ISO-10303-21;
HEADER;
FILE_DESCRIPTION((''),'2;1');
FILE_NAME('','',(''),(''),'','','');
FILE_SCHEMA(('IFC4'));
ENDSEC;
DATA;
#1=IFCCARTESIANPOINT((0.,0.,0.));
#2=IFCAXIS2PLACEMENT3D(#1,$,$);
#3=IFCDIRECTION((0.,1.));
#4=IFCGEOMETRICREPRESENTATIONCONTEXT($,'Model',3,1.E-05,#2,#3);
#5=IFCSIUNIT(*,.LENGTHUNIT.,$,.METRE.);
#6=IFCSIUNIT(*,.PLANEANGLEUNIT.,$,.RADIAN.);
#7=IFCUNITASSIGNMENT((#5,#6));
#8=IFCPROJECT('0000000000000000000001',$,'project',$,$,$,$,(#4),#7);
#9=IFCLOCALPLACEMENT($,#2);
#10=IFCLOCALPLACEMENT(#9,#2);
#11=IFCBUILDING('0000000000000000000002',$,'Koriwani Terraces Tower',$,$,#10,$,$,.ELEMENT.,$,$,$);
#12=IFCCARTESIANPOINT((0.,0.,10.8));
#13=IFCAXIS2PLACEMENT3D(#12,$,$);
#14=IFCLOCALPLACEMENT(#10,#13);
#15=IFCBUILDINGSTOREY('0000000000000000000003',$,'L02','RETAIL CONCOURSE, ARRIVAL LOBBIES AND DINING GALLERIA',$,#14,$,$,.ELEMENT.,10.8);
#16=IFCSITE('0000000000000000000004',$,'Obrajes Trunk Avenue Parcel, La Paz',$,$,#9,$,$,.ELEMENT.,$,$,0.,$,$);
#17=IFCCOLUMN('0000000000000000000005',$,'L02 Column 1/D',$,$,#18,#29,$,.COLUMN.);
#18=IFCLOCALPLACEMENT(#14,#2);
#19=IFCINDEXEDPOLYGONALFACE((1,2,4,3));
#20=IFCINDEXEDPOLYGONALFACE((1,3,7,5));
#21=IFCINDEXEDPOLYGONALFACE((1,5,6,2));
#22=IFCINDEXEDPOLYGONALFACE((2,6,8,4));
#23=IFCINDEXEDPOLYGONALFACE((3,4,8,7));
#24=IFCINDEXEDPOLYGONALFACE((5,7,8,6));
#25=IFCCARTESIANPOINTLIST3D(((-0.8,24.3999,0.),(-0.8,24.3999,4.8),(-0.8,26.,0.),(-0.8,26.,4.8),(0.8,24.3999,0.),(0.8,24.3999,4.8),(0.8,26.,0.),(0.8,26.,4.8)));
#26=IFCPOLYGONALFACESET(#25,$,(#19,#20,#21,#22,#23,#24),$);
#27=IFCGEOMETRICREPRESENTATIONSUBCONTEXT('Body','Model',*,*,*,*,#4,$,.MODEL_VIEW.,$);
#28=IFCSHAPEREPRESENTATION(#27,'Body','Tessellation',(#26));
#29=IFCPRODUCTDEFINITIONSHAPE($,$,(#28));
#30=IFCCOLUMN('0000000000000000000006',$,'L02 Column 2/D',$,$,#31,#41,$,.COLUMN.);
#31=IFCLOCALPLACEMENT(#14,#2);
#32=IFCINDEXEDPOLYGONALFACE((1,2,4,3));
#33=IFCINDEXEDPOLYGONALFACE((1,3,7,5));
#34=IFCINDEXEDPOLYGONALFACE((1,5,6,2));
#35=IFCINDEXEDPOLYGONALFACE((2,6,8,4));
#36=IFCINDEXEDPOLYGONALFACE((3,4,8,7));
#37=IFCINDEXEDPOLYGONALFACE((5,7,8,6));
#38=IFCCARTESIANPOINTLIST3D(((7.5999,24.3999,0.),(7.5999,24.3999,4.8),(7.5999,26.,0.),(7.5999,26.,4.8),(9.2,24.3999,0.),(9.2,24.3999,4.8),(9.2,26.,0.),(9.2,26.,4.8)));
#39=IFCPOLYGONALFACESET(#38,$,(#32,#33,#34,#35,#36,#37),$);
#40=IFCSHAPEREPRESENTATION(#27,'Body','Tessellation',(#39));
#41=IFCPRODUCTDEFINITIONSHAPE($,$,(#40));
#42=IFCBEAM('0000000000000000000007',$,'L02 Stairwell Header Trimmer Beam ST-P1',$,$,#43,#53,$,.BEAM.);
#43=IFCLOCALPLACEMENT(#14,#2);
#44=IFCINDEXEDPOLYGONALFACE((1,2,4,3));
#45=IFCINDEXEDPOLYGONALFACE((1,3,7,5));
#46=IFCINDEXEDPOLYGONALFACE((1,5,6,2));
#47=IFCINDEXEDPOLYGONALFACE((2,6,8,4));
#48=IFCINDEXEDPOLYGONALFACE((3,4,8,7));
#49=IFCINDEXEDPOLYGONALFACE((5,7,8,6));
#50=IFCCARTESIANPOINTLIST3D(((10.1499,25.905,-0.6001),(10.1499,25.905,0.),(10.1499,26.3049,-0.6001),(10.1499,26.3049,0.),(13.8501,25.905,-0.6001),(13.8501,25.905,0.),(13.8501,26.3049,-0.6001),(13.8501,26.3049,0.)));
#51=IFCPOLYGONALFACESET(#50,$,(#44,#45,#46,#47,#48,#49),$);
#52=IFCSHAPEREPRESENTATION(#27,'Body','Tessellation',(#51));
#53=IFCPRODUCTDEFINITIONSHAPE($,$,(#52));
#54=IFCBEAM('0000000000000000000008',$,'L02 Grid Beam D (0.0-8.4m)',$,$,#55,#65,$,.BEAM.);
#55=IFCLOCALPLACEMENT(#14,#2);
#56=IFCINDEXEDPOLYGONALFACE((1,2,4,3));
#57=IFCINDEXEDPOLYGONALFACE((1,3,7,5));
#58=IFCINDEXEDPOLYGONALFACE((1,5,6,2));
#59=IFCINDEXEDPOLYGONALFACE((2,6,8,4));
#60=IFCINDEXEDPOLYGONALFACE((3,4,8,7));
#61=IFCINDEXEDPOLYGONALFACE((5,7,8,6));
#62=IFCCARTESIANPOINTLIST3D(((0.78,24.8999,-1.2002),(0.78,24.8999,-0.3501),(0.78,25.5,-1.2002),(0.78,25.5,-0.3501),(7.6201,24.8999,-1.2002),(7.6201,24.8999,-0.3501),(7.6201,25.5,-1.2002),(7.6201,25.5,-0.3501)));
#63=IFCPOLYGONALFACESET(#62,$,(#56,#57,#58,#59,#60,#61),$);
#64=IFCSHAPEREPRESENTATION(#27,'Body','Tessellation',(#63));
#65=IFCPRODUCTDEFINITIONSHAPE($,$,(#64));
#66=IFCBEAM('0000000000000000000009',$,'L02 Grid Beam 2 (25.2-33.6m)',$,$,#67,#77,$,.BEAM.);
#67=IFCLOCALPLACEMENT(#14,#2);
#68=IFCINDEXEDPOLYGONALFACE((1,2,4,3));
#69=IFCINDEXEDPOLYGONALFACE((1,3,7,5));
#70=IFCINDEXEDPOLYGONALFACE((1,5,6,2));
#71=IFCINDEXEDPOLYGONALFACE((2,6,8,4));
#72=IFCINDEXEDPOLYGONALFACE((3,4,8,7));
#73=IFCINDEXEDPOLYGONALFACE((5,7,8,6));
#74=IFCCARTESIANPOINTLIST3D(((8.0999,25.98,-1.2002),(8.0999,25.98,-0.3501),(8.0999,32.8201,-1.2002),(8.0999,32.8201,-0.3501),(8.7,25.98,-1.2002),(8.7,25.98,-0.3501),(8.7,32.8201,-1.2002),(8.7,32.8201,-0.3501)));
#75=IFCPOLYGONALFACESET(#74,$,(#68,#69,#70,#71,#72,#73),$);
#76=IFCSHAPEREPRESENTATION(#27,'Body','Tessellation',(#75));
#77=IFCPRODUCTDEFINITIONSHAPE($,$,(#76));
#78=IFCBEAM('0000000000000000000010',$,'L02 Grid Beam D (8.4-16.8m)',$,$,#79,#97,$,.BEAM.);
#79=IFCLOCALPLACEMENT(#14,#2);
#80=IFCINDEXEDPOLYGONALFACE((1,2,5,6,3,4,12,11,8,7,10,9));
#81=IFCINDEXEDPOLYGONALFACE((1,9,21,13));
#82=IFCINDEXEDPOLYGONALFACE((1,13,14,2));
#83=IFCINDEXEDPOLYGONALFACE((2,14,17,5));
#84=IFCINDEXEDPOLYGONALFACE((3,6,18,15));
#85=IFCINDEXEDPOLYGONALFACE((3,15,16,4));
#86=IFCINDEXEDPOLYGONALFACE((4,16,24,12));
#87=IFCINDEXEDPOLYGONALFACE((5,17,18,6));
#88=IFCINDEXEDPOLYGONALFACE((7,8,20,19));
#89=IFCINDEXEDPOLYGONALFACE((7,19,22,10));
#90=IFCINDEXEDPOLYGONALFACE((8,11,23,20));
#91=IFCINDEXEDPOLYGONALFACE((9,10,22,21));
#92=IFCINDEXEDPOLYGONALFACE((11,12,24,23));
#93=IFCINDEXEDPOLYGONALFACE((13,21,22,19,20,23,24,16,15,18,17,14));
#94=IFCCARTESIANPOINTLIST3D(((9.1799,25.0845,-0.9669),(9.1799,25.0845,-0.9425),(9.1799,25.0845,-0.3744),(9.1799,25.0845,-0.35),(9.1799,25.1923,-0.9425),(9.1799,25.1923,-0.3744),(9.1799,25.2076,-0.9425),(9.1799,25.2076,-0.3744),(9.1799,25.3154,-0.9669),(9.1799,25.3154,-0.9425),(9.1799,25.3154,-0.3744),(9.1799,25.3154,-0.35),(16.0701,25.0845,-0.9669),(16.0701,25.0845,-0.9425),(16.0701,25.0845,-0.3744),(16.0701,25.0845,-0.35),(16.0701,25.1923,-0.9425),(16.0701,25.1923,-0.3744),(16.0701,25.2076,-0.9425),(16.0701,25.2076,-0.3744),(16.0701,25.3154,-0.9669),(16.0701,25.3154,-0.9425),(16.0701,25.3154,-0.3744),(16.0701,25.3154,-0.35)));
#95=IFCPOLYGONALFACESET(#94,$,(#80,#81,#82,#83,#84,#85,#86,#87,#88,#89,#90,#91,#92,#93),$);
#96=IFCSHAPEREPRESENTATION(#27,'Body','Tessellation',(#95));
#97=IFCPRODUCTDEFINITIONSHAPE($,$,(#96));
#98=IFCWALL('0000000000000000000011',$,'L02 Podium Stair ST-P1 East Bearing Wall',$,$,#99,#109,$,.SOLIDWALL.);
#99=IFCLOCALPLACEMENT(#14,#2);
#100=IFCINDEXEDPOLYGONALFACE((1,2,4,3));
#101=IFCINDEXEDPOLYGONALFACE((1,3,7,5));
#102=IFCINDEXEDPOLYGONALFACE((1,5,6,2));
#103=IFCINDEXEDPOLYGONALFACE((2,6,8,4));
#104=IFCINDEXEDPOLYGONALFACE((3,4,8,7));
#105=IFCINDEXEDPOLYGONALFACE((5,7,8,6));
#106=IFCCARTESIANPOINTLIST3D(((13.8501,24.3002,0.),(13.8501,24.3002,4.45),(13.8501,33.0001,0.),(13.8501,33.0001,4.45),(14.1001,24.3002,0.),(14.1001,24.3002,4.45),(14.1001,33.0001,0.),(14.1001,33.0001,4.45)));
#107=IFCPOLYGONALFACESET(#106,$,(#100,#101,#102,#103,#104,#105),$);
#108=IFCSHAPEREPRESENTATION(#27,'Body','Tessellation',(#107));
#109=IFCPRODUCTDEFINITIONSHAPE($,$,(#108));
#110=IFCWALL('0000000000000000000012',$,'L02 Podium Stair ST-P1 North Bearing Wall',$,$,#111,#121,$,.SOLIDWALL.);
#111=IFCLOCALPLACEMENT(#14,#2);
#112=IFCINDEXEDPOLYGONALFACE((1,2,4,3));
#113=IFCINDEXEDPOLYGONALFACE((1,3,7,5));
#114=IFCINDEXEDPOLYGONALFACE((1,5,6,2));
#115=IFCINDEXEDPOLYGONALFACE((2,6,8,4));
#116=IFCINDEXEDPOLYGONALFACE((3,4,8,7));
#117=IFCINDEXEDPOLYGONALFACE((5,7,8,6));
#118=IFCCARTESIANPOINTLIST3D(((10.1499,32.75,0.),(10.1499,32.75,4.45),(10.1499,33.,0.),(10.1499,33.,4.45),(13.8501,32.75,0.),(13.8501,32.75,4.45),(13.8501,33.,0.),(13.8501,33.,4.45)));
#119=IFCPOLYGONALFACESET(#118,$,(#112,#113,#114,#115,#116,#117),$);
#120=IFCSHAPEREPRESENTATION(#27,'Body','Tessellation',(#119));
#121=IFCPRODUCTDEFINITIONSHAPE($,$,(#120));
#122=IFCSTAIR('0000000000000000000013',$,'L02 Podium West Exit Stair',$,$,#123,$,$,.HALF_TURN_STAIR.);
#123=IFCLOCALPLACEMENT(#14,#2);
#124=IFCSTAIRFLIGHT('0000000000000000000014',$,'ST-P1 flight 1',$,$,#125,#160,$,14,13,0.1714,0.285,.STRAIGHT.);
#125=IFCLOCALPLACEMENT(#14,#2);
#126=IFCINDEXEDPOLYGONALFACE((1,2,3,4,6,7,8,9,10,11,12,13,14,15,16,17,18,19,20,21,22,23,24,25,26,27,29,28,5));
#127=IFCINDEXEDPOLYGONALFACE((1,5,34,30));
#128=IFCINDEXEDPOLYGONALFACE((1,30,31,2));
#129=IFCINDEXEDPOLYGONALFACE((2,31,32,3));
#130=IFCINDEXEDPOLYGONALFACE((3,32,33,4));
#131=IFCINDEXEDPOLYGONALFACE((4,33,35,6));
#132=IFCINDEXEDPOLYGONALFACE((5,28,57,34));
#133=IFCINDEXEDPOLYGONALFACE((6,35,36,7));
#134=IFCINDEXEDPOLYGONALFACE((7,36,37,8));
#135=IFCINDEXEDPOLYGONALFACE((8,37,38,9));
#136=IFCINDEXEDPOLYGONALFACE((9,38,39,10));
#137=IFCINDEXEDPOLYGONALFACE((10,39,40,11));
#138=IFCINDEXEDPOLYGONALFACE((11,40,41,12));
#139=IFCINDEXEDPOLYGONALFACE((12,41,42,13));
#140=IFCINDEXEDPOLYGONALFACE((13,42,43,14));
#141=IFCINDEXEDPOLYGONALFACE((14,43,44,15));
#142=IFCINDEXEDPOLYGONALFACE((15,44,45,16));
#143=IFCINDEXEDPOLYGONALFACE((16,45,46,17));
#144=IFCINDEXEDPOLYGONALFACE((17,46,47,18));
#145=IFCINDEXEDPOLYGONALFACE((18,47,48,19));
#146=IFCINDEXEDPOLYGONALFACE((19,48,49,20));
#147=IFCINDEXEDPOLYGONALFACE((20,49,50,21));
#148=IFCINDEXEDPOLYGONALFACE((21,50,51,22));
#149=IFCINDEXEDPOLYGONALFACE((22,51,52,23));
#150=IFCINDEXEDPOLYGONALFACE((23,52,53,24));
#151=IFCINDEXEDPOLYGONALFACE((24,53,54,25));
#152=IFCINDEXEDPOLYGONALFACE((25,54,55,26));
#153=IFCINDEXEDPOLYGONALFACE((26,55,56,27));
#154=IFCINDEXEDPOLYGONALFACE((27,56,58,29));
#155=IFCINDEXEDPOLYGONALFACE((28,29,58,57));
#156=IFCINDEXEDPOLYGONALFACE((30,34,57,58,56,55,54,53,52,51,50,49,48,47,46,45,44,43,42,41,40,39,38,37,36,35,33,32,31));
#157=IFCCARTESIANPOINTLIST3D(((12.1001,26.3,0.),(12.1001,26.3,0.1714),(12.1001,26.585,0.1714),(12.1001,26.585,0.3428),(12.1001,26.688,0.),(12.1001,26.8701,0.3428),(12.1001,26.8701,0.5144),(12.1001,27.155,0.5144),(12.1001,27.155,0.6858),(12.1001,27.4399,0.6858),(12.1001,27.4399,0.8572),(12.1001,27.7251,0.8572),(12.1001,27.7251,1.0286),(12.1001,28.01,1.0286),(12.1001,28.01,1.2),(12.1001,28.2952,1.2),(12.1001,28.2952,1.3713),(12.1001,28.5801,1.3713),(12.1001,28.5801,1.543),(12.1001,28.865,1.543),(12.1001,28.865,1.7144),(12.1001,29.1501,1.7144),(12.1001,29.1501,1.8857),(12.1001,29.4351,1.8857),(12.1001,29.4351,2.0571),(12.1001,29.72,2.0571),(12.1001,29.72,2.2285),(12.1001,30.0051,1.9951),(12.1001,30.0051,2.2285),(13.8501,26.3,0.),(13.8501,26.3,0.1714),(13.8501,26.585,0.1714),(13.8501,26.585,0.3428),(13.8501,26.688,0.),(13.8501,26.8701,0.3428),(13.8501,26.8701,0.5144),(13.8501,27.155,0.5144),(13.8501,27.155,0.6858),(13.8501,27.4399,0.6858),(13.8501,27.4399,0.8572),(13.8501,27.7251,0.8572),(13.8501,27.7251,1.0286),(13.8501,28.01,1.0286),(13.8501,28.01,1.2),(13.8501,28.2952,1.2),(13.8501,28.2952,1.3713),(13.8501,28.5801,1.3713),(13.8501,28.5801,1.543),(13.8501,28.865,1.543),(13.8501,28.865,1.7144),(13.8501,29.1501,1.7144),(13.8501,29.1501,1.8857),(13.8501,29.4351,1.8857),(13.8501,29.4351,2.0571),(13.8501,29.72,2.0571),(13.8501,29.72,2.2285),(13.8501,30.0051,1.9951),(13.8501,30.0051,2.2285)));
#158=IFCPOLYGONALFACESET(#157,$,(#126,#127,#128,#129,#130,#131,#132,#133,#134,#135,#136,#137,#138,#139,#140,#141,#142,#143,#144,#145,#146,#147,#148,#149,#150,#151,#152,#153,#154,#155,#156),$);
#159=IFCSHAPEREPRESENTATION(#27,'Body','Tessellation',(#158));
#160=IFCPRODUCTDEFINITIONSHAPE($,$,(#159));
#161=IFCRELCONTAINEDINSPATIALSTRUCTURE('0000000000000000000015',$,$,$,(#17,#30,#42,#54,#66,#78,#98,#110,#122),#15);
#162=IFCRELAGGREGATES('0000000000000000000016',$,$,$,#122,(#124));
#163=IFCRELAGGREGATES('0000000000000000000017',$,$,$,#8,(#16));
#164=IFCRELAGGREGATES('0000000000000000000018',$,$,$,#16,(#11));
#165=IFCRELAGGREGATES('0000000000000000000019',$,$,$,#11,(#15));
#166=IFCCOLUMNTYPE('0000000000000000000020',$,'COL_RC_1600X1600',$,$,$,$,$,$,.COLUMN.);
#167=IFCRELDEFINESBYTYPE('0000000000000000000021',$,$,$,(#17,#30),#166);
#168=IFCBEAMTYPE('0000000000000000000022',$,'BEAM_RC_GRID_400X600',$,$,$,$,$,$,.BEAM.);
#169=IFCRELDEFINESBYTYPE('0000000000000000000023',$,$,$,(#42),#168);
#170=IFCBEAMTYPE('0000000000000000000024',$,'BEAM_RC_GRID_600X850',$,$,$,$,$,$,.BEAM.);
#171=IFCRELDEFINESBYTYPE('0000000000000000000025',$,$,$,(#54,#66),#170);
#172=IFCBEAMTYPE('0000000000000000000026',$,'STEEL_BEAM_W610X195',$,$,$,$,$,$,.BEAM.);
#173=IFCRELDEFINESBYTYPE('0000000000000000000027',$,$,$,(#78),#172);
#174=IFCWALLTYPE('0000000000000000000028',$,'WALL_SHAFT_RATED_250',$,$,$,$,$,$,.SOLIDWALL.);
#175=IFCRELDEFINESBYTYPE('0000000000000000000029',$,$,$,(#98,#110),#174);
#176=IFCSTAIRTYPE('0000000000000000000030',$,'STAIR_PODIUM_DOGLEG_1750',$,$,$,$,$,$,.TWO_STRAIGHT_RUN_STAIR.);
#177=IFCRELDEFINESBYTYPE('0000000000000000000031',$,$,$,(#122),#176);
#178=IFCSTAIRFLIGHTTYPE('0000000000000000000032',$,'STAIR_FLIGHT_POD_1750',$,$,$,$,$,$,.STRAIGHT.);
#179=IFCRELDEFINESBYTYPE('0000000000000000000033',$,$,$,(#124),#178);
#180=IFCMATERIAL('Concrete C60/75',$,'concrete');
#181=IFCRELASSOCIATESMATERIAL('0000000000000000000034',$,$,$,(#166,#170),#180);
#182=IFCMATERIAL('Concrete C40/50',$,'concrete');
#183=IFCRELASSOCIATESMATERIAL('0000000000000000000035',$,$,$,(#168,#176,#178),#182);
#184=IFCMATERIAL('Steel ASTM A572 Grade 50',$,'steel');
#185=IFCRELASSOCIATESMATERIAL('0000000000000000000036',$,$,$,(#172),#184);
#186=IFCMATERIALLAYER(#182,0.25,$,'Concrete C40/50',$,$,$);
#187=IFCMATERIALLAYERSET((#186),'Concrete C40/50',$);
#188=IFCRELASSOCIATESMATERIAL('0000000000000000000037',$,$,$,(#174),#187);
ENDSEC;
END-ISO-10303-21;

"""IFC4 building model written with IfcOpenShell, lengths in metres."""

from ifc_helpers import new_model, si_unit, direction, frame, frame_2d, origin, origin_2d, place, context, subcontext, project, spatial, polyline, rectangle, i_section, outline, extrude, material, layer, layer_set, material_profile, profile_set, type_object, element, aggregate, save


model = new_model("IFC4")

# Units and contexts
model_context = context("Model", 3, precision=1e-05, world=origin(), true_north=direction((0.0, 1.0)))
body_context = subcontext(model_context, "Body", "Model", "MODEL_VIEW")
ifc_project = project(units=[si_unit("LENGTHUNIT", "METRE"), si_unit("PLANEANGLEUNIT", "RADIAN")], contexts=[model_context])

# Site, building, storey
site_placement = place(None, origin())
site = spatial("IfcSite", under=ifc_project, at=site_placement, Name="Obrajes Trunk Avenue Parcel, La Paz", CompositionType="ELEMENT", RefElevation=0.0)
building_placement = place(site_placement, origin())
building = spatial("IfcBuilding", under=site, at=building_placement, Name="Koriwani Terraces Tower", CompositionType="ELEMENT")
storey_placement = place(building_placement, frame((0.0, 0.0, 10.8)))
storey = spatial("IfcBuildingStorey", under=building, at=storey_placement, Name="L02", Description="RETAIL CONCOURSE, ARRIVAL LOBBIES AND DINING GALLERIA", CompositionType="ELEMENT", Elevation=10.8)

# Columns
ifc_material_1 = material(Name="Concrete C60/75", Category="concrete")
ifc_material_profile_1 = material_profile(ifc_material_1, rectangle(XDim=1.6001, YDim=1.6001, at=origin_2d()), Name="Concrete C60/75", Category="LoadBearing")
ifc_profile_set_1 = profile_set([ifc_material_profile_1], Name="Concrete C60/75")
column_type = type_object("IfcColumnType", Name="COL_RC_1600X1600", PredefinedType="COLUMN", material=ifc_profile_set_1)
for number, where, z_axis, x_axis, name in (
    (1, (0.0, 25.2, 0.0), (0.0, 0.0, 1.0), (1.0, 0.0, 0.0), "L02 Column 1/D"),
    (2, (8.3999, 25.2, 0.0), (0.0, 0.0, 1.0), (1.0, 0.0, 0.0), "L02 Column 2/D"),
):
    element("IfcColumn", number, at=place(storey_placement, frame(where, z_axis=z_axis, x_axis=x_axis)), inside=storey, type_object=column_type, Name=name, PredefinedType="COLUMN", context=body_context, shape_type="SweptSolid", body=[
        extrude(rectangle(XDim=1.6001, YDim=1.6001, at=origin_2d()), origin(), (0.0, 0.0, 1.0), 4.8),
    ])

# Beams
ifc_material_2 = material(Name="Concrete C40/50", Category="concrete")
ifc_material_profile_2 = material_profile(ifc_material_2, rectangle(XDim=0.3999, YDim=0.6001, at=origin_2d()), Name="Concrete C40/50", Category="LoadBearing")
ifc_profile_set_2 = profile_set([ifc_material_profile_2], Name="Concrete C40/50")
beam_type_1 = type_object("IfcBeamType", Name="BEAM_RC_GRID_400X600", PredefinedType="BEAM", material=ifc_profile_set_2)
beam_1_placement = place(storey_placement, frame((10.1499, 26.105, -0.3), z_axis=(1.0, 0.0, 0.0), x_axis=(0.0, 1.0, 0.0)))
element("IfcBeam", 3, at=beam_1_placement, inside=storey, type_object=beam_type_1, Name="L02 Stairwell Header Trimmer Beam ST-P1", PredefinedType="BEAM", context=body_context, shape_type="SweptSolid", body=[
    extrude(rectangle(XDim=0.3999, YDim=0.6001, at=origin_2d()), origin(), (0.0, 0.0, 1.0), 3.7002),
])
ifc_material_profile_3 = material_profile(ifc_material_1, rectangle(XDim=0.6001, YDim=0.8501, at=origin_2d()), Name="Concrete C60/75", Category="LoadBearing")
ifc_profile_set_3 = profile_set([ifc_material_profile_3], Name="Concrete C60/75")
beam_type_2 = type_object("IfcBeamType", Name="BEAM_RC_GRID_600X850", PredefinedType="BEAM", material=ifc_profile_set_3)
for number, where, z_axis, x_axis, name in (
    (4, (0.78, 25.2, -0.7751), (1.0, 0.0, 0.0), (0.0, 1.0, 0.0), "L02 Grid Beam D (0.0-8.4m)"),
    (5, (8.3999, 25.98, -0.7751), (0.0, 1.0, 0.0), (-1.0, 0.0, 0.0), "L02 Grid Beam 2 (25.2-33.6m)"),
):
    element("IfcBeam", number, at=place(storey_placement, frame(where, z_axis=z_axis, x_axis=x_axis)), inside=storey, type_object=beam_type_2, Name=name, PredefinedType="BEAM", context=body_context, shape_type="SweptSolid", body=[
        extrude(rectangle(XDim=0.6001, YDim=0.8501, at=origin_2d()), origin(), (0.0, 0.0, 1.0), 6.8401),
    ])
ifc_material_3 = material(Name="Steel ASTM A572 Grade 50", Category="steel")
ifc_material_profile_4 = material_profile(ifc_material_3, i_section(OverallWidth=0.231, OverallDepth=0.6169, WebThickness=0.0154, FlangeThickness=0.0244, at=origin_2d()), Name="Steel ASTM A572 Grade 50", Category="LoadBearing")
ifc_profile_set_4 = profile_set([ifc_material_profile_4], Name="Steel ASTM A572 Grade 50")
beam_type_3 = type_object("IfcBeamType", Name="STEEL_BEAM_W610X195", PredefinedType="BEAM", material=ifc_profile_set_4)
beam_2_placement = place(storey_placement, frame((9.1799, 25.2, -0.6584), z_axis=(1.0, 0.0, 0.0), x_axis=(0.0, 1.0, 0.0)))
element("IfcBeam", 6, at=beam_2_placement, inside=storey, type_object=beam_type_3, Name="L02 Grid Beam D (8.4-16.8m)", PredefinedType="BEAM", context=body_context, shape_type="SweptSolid", body=[
    extrude(i_section(OverallWidth=0.231, OverallDepth=0.6169, WebThickness=0.0154, FlangeThickness=0.0244, at=origin_2d()), origin(), (0.0, 0.0, 1.0), 6.8901),
])

# Walls
ifc_layer = layer(ifc_material_2, 0.25, Name="Concrete C40/50")
ifc_layer_set = layer_set([ifc_layer], Name="Concrete C40/50")
wall_type = type_object("IfcWallType", Name="WALL_SHAFT_RATED_250", PredefinedType="SOLIDWALL", material=ifc_layer_set)
wall_1_placement = place(storey_placement, frame((13.9751, 24.3, 0.0), z_axis=(0.0, 0.0, 1.0), x_axis=(0.0, 1.0, 0.0)))
element("IfcWall", 7, at=wall_1_placement, inside=storey, type_object=wall_type, Name="L02 Podium Stair ST-P1 East Bearing Wall", PredefinedType="SOLIDWALL", context=body_context, shape_type="SweptSolid", body=[
    extrude(rectangle(XDim=8.7, YDim=0.25, at=frame_2d((4.3501, 0.0))), origin(), (0.0, 0.0, 1.0), 4.45),
])
wall_2_placement = place(storey_placement, frame((10.1499, 32.875, 0.0), z_axis=(0.0, 0.0, 1.0), x_axis=(1.0, 0.0, 0.0)))
element("IfcWall", 8, at=wall_2_placement, inside=storey, type_object=wall_type, Name="L02 Podium Stair ST-P1 North Bearing Wall", PredefinedType="SOLIDWALL", context=body_context, shape_type="SweptSolid", body=[
    extrude(rectangle(XDim=3.7002, YDim=0.25, at=frame_2d((1.8501, 0.0))), origin(), (0.0, 0.0, 1.0), 4.45),
])

# Stair, stair flight
stair_type = type_object("IfcStairType", Name="STAIR_PODIUM_DOGLEG_1750", PredefinedType="TWO_STRAIGHT_RUN_STAIR", material=ifc_material_2)
stair_placement = place(storey_placement, origin())
stair = element("IfcStair", 9, at=stair_placement, inside=storey, type_object=stair_type, Name="L02 Podium West Exit Stair", PredefinedType="HALF_TURN_STAIR")
stair_flight_type = type_object("IfcStairFlightType", Name="STAIR_FLIGHT_POD_1750", PredefinedType="STRAIGHT", material=ifc_material_2)
stair_flight_1_placement = place(storey_placement, frame((12.9751, 26.3, 0.0), z_axis=(0.0, 0.0, 1.0), x_axis=(0.0, 1.0, 0.0)))
stair_flight_1 = element("IfcStairFlight", 10, at=stair_flight_1_placement, type_object=stair_flight_type, Name="ST-P1 flight 1", NumberOfRisers=14, NumberOfTreads=13, PredefinedType="STRAIGHT", RiserHeight=0.1714, TreadLength=0.285, context=body_context, shape_type="SweptSolid", body=[
    extrude(outline(polyline([(0.0, 0.0), (0.0, 0.1714), (0.2849, 0.1714), (0.2849, 0.3428), (0.5701, 0.3428), (0.5701, 0.5144), (0.855, 0.5144), (0.855, 0.6858), (1.1399, 0.6858), (1.1399, 0.8572), (1.425, 0.8572), (1.425, 1.0286), (1.71, 1.0286), (1.71, 1.2), (1.9951, 1.2), (1.9951, 1.3713), (2.28, 1.3713), (2.28, 1.543), (2.5649, 1.543), (2.5649, 1.7144), (2.8501, 1.7144), (2.8501, 1.8857), (3.135, 1.8857), (3.135, 2.0571), (3.4199, 2.0571), (3.4199, 2.2285), (3.7051, 2.2285), (3.7051, 2.3999), (3.7051, 1.9951), (0.3879, 0.0), (0.0, 0.0)])), frame((0.0, 0.875, 0.0), z_axis=(0.0, -1.0, 0.0), x_axis=(1.0, 0.0, 0.0)), (0.0, 0.0, 1.0), 1.75),
])
aggregate(stair, [stair_flight_1])

save(model, "model.ifc")
